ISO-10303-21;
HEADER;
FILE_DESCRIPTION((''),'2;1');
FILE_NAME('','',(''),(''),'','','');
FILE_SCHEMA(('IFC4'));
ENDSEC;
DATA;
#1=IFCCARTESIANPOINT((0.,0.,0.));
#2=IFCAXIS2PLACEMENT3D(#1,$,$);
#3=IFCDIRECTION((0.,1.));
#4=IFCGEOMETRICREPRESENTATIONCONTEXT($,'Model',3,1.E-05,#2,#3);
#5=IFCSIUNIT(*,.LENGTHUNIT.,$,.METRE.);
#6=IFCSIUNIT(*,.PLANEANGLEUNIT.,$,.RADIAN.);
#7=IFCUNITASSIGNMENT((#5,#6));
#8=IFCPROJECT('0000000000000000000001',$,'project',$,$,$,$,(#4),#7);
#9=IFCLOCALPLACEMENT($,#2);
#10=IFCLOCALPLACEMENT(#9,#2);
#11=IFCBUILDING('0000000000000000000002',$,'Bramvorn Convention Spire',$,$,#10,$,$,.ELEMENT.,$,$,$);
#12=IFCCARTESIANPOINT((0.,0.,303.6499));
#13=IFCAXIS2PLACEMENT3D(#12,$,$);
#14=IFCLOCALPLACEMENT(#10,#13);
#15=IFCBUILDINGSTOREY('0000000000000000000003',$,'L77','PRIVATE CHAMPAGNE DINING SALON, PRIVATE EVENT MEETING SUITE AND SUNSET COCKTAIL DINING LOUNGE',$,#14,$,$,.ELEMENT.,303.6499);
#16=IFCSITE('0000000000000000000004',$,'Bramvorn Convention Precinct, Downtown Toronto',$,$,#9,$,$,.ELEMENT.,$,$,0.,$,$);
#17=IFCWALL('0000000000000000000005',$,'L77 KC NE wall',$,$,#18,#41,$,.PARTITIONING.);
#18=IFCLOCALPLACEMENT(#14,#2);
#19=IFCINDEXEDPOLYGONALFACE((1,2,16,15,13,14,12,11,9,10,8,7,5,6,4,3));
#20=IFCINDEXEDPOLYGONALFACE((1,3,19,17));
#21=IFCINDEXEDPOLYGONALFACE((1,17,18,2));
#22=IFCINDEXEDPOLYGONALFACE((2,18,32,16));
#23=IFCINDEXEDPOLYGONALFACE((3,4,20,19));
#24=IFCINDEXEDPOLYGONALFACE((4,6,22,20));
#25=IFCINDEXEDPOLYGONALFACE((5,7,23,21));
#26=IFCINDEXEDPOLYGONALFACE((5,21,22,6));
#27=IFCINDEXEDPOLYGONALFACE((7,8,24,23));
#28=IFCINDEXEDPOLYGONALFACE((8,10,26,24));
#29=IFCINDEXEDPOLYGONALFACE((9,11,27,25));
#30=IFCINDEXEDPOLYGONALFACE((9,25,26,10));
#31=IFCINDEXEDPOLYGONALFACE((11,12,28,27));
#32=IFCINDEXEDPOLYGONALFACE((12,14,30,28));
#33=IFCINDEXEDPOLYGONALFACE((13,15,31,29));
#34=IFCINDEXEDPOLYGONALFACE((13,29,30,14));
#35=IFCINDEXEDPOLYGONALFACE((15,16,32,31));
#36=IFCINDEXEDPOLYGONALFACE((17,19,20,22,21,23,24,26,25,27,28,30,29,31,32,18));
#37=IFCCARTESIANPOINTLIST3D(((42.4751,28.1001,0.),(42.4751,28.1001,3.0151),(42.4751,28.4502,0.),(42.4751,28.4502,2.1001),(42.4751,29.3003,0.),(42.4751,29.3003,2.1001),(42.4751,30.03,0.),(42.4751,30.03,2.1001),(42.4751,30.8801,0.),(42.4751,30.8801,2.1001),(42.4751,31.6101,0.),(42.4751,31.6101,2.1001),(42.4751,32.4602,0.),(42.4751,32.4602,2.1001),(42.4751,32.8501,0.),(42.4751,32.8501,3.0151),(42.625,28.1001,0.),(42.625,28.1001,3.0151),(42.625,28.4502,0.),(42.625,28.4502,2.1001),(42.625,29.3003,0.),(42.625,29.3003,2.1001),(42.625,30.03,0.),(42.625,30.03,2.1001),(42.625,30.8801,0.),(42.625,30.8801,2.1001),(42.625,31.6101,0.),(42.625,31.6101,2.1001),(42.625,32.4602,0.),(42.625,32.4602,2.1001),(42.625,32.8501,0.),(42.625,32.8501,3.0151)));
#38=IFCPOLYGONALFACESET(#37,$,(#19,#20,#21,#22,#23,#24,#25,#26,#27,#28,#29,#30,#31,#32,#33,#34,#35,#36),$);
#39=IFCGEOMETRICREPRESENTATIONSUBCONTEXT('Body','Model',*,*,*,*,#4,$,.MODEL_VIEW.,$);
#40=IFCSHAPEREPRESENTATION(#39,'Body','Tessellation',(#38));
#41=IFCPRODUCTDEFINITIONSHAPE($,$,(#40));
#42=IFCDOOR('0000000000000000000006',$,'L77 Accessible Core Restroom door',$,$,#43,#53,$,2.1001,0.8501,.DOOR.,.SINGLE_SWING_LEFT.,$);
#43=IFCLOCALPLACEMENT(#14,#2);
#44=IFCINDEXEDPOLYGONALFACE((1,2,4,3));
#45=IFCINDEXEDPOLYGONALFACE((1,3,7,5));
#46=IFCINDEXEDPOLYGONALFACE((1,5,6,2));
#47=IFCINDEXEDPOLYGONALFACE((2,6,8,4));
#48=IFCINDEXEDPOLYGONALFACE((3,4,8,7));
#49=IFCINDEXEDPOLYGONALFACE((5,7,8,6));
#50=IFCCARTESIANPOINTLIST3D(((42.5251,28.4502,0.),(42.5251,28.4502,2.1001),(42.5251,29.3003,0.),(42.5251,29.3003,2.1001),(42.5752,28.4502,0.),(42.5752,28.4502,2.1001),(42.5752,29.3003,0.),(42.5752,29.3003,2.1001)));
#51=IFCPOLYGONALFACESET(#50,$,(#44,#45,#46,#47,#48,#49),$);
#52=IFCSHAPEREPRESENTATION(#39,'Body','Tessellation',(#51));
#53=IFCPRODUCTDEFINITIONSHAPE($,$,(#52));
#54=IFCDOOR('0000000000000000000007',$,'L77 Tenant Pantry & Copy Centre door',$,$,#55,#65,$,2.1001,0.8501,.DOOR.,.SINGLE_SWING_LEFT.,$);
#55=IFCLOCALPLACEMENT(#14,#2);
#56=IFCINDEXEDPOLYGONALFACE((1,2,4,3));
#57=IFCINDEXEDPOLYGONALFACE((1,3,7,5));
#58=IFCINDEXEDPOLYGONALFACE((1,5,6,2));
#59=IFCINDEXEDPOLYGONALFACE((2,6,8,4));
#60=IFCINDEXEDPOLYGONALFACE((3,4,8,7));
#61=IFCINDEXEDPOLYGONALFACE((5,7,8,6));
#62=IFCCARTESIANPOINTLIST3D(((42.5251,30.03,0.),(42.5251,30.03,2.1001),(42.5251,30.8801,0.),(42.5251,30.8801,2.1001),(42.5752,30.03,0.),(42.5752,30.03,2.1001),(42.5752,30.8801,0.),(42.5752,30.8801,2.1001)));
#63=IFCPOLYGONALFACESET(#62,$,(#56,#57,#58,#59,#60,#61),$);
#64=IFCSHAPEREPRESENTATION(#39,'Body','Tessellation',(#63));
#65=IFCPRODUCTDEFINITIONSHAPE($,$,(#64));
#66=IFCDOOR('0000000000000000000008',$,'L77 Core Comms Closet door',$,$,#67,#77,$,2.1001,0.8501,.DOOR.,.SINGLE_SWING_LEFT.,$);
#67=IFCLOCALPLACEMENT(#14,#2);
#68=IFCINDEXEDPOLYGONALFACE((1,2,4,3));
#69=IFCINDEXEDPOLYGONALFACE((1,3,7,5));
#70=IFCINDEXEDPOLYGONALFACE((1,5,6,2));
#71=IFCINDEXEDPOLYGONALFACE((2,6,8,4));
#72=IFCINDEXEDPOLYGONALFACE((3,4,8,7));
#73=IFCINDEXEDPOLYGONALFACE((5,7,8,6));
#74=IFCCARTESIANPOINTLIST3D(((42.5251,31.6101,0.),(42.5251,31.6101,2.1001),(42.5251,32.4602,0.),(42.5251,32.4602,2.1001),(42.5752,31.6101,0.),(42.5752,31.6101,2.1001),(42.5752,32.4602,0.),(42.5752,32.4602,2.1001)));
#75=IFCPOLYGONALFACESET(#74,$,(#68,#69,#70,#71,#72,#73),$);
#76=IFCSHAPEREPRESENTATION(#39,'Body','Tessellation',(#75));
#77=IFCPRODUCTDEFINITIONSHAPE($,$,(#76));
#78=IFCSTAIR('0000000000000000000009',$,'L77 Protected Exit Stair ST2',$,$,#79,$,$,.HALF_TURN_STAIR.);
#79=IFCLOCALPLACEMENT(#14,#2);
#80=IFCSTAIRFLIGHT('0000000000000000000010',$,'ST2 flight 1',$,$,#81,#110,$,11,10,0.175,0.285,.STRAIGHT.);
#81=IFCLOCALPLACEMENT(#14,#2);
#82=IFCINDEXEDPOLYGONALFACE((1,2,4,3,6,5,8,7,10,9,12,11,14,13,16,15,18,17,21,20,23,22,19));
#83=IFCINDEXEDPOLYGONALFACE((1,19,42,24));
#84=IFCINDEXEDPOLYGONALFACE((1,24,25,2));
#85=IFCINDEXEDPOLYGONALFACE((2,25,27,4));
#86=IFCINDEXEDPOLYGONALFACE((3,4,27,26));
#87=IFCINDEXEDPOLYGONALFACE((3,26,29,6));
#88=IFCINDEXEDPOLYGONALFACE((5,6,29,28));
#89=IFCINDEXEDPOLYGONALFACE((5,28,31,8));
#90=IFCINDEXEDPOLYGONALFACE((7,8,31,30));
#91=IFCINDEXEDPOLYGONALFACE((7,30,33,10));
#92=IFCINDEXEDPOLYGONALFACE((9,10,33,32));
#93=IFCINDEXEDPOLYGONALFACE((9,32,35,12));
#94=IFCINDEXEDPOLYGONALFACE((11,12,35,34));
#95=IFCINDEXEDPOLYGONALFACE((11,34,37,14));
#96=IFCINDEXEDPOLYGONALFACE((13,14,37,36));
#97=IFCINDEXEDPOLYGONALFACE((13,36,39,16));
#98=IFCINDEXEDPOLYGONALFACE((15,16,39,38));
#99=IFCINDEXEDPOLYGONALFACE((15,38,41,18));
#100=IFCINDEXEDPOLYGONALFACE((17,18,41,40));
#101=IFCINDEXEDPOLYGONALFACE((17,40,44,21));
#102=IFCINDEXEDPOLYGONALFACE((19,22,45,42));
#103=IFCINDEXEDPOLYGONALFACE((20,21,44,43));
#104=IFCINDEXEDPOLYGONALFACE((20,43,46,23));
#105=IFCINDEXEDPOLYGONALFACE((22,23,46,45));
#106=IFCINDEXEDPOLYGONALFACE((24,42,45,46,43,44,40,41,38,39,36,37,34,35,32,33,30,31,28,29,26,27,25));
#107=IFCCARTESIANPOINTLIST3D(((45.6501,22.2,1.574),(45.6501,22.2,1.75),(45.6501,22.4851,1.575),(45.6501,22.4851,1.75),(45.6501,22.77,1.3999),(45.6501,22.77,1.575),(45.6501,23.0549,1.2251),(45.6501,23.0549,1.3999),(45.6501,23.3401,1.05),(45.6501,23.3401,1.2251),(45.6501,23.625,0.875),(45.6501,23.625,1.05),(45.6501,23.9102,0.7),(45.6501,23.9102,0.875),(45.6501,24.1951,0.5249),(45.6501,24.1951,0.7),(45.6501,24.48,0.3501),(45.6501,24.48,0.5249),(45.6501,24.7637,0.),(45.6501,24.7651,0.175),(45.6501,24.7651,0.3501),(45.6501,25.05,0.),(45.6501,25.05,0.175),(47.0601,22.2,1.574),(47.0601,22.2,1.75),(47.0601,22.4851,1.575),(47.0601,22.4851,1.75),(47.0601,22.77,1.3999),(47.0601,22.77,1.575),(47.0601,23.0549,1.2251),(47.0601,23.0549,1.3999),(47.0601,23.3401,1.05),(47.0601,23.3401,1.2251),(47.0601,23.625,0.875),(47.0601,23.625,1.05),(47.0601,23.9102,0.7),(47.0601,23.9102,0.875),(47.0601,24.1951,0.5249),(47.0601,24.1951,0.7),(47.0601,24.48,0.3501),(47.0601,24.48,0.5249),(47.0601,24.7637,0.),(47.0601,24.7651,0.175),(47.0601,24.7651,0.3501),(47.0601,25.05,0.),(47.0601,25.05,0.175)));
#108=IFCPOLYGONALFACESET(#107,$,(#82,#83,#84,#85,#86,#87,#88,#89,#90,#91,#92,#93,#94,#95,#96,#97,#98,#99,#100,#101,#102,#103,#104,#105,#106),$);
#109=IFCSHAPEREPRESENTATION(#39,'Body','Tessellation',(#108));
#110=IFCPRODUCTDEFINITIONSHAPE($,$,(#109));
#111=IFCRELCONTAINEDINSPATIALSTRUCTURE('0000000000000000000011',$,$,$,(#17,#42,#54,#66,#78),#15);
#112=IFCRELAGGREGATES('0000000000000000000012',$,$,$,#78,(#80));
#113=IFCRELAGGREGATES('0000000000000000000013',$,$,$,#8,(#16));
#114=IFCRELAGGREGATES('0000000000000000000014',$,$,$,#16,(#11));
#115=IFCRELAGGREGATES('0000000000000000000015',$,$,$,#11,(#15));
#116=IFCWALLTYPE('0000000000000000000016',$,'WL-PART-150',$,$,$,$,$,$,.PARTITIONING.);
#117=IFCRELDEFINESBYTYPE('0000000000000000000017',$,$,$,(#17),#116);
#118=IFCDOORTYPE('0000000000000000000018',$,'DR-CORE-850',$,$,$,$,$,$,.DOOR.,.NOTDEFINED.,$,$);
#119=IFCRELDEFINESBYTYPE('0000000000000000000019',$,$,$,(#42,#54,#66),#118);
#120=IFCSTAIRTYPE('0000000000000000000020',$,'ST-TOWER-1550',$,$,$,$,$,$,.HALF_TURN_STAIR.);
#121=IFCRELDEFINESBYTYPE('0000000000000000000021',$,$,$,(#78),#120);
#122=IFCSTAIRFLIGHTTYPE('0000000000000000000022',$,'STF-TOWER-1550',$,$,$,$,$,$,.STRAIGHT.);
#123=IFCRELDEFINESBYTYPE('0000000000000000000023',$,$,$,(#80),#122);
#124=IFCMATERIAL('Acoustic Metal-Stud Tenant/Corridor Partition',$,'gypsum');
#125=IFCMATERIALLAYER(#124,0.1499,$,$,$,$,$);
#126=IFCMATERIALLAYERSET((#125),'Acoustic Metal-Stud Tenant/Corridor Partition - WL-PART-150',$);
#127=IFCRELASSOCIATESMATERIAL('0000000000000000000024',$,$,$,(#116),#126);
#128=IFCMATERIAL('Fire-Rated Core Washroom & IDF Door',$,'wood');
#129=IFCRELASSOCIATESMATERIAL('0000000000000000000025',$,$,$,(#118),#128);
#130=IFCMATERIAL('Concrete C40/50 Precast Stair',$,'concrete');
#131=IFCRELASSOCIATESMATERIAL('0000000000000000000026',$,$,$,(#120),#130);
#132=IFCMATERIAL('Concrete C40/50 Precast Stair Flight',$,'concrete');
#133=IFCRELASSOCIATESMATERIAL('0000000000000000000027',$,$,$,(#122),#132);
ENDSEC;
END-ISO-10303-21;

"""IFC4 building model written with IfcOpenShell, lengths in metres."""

from ifc_helpers import new_model, si_unit, direction, frame, frame_2d, origin, place, context, subcontext, project, spatial, polyline, rectangle, outline, extrude, material, layer, layer_set, type_object, element, fill, aggregate, save


model = new_model("IFC4")

# Units and contexts
model_context = context("Model", 3, precision=1e-05, world=origin(), true_north=direction((0.0, 1.0)))
body_context = subcontext(model_context, "Body", "Model", "MODEL_VIEW")
ifc_project = project(units=[si_unit("LENGTHUNIT", "METRE"), si_unit("PLANEANGLEUNIT", "RADIAN")], contexts=[model_context])

# Site, building, storey
site_placement = place(None, origin())
site = spatial("IfcSite", under=ifc_project, at=site_placement, Name="Bramvorn Convention Precinct, Downtown Toronto", CompositionType="ELEMENT", RefElevation=0.0)
building_placement = place(site_placement, origin())
building = spatial("IfcBuilding", under=site, at=building_placement, Name="Bramvorn Convention Spire", CompositionType="ELEMENT")
storey_placement = place(building_placement, frame((0.0, 0.0, 303.6499)))
storey = spatial("IfcBuildingStorey", under=building, at=storey_placement, Name="L77", Description="PRIVATE CHAMPAGNE DINING SALON, PRIVATE EVENT MEETING SUITE AND SUNSET COCKTAIL DINING LOUNGE", CompositionType="ELEMENT", Elevation=303.6499)

# Shared definitions
ifc_material_1 = material(Name="Acoustic Metal-Stud Tenant/Corridor Partition", Category="gypsum")
ifc_layer_1 = layer(ifc_material_1, 0.1499)
ifc_layer_set_1 = layer_set([ifc_layer_1], Name="Acoustic Metal-Stud Tenant/Corridor Partition - WL-PART-150")
wall_type_1 = type_object("IfcWallType", Name="WL-PART-150", PredefinedType="PARTITIONING", material=ifc_layer_set_1)

# Shared definitions
ifc_material_2 = material(Name="Fire-Rated Core Washroom & IDF Door", Category="wood")
door_type_1 = type_object("IfcDoorType", Name="DR-CORE-850", OperationType="NOTDEFINED", PredefinedType="DOOR", material=ifc_material_2)

# Wall, openings, doors
wall_1_placement = place(storey_placement, frame((42.55, 28.1001, 0.0), z_axis=(0.0, 0.0, 1.0), x_axis=(0.0, 1.0, 0.0)))
wall_1 = element("IfcWall", 1, at=wall_1_placement, inside=storey, type_object=wall_type_1, Name="L77 KC NE wall", PredefinedType="PARTITIONING", context=body_context, shape_type="SweptSolid", body=[
    extrude(rectangle(XDim=4.75, YDim=0.1499, at=frame_2d((2.375, 0.0))), origin(), (0.0, 0.0, 1.0), 3.0151),
])
opening_1_placement = place(wall_1_placement, frame((0.3501, 0.0, 0.0)))
opening_1 = element("IfcOpeningElement", 2, at=opening_1_placement, cuts=wall_1, PredefinedType="OPENING", context=body_context, shape_type="SweptSolid", body=[
    extrude(rectangle(XDim=0.8501, YDim=2.1001, at=frame_2d((0.425, 1.05))), frame((0.0, 0.085, 0.0), z_axis=(0.0, -1.0, 0.0), x_axis=(1.0, 0.0, 0.0)), (0.0, 0.0, 1.0), 0.1699),
])
opening_2_placement = place(wall_1_placement, frame((1.9299, 0.0, 0.0)))
opening_2 = element("IfcOpeningElement", 3, at=opening_2_placement, cuts=wall_1, PredefinedType="OPENING", context=body_context, shape_type="SweptSolid", body=[
    extrude(rectangle(XDim=0.8501, YDim=2.1001, at=frame_2d((0.425, 1.05))), frame((0.0, 0.085, 0.0), z_axis=(0.0, -1.0, 0.0), x_axis=(1.0, 0.0, 0.0)), (0.0, 0.0, 1.0), 0.1699),
])
opening_3_placement = place(wall_1_placement, frame((3.51, 0.0, 0.0)))
opening_3 = element("IfcOpeningElement", 4, at=opening_3_placement, cuts=wall_1, PredefinedType="OPENING", context=body_context, shape_type="SweptSolid", body=[
    extrude(rectangle(XDim=0.8501, YDim=2.1001, at=frame_2d((0.425, 1.05))), frame((0.0, 0.085, 0.0), z_axis=(0.0, -1.0, 0.0), x_axis=(1.0, 0.0, 0.0)), (0.0, 0.0, 1.0), 0.1699),
])
door_1_placement = place(opening_1_placement, origin())
door_1 = element("IfcDoor", 5, at=door_1_placement, inside=storey, type_object=door_type_1, Name="L77 Accessible Core Restroom door", OperationType="SINGLE_SWING_LEFT", OverallHeight=2.1001, OverallWidth=0.8501, PredefinedType="DOOR", context=body_context, shape_type="SweptSolid", body=[
    extrude(rectangle(XDim=0.8501, YDim=2.1001, at=frame_2d((0.425, 1.05))), frame((0.0, 0.0249, 0.0), z_axis=(0.0, -1.0, 0.0), x_axis=(1.0, 0.0, 0.0)), (0.0, 0.0, 1.0), 0.05),
])
fill(opening_1, door_1)
door_2_placement = place(opening_2_placement, origin())
door_2 = element("IfcDoor", 6, at=door_2_placement, inside=storey, type_object=door_type_1, Name="L77 Tenant Pantry & Copy Centre door", OperationType="SINGLE_SWING_LEFT", OverallHeight=2.1001, OverallWidth=0.8501, PredefinedType="DOOR", context=body_context, shape_type="SweptSolid", body=[
    extrude(rectangle(XDim=0.8501, YDim=2.1001, at=frame_2d((0.425, 1.05))), frame((0.0, 0.0249, 0.0), z_axis=(0.0, -1.0, 0.0), x_axis=(1.0, 0.0, 0.0)), (0.0, 0.0, 1.0), 0.05),
])
fill(opening_2, door_2)
door_3_placement = place(opening_3_placement, origin())
door_3 = element("IfcDoor", 7, at=door_3_placement, inside=storey, type_object=door_type_1, Name="L77 Core Comms Closet door", OperationType="SINGLE_SWING_LEFT", OverallHeight=2.1001, OverallWidth=0.8501, PredefinedType="DOOR", context=body_context, shape_type="SweptSolid", body=[
    extrude(rectangle(XDim=0.8501, YDim=2.1001, at=frame_2d((0.425, 1.05))), frame((0.0, 0.0249, 0.0), z_axis=(0.0, -1.0, 0.0), x_axis=(1.0, 0.0, 0.0)), (0.0, 0.0, 1.0), 0.05),
])
fill(opening_3, door_3)

# Stair, stair flight
ifc_material_3 = material(Name="Concrete C40/50 Precast Stair", Category="concrete")
stair_type = type_object("IfcStairType", Name="ST-TOWER-1550", PredefinedType="HALF_TURN_STAIR", material=ifc_material_3)
stair_placement = place(storey_placement, origin())
stair = element("IfcStair", 8, at=stair_placement, inside=storey, type_object=stair_type, Name="L77 Protected Exit Stair ST2", PredefinedType="HALF_TURN_STAIR")
ifc_material_4 = material(Name="Concrete C40/50 Precast Stair Flight", Category="concrete")
stair_flight_type = type_object("IfcStairFlightType", Name="STF-TOWER-1550", PredefinedType="STRAIGHT", material=ifc_material_4)
stair_flight_placement = place(storey_placement, frame((46.355, 25.05, 0.0), z_axis=(0.0, 0.0, 1.0), x_axis=(0.0, -1.0, 0.0)))
stair_flight = element("IfcStairFlight", 9, at=stair_flight_placement, type_object=stair_flight_type, Name="ST2 flight 1", NumberOfRisers=11, NumberOfTreads=10, PredefinedType="STRAIGHT", RiserHeight=0.175, TreadLength=0.285, context=body_context, shape_type="SweptSolid", body=[
    extrude(outline(polyline([(0.0, 0.0), (0.0, 0.175), (0.2849, 0.175), (0.2849, 0.3501), (0.5701, 0.3501), (0.5701, 0.5249), (0.855, 0.5249), (0.855, 0.7), (1.1399, 0.7), (1.1399, 0.875), (1.425, 0.875), (1.425, 1.05), (1.71, 1.05), (1.71, 1.2251), (1.9951, 1.2251), (1.9951, 1.3999), (2.28, 1.3999), (2.28, 1.575), (2.5649, 1.575), (2.5649, 1.75), (2.8501, 1.75), (2.8501, 1.925), (2.8501, 1.574), (0.2864, 0.0), (0.0, 0.0)])), frame((0.0, 0.7051, 0.0), z_axis=(0.0, -1.0, 0.0), x_axis=(1.0, 0.0, 0.0)), (0.0, 0.0, 1.0), 1.4099),
])
aggregate(stair, [stair_flight])

save(model, "model.ifc")
